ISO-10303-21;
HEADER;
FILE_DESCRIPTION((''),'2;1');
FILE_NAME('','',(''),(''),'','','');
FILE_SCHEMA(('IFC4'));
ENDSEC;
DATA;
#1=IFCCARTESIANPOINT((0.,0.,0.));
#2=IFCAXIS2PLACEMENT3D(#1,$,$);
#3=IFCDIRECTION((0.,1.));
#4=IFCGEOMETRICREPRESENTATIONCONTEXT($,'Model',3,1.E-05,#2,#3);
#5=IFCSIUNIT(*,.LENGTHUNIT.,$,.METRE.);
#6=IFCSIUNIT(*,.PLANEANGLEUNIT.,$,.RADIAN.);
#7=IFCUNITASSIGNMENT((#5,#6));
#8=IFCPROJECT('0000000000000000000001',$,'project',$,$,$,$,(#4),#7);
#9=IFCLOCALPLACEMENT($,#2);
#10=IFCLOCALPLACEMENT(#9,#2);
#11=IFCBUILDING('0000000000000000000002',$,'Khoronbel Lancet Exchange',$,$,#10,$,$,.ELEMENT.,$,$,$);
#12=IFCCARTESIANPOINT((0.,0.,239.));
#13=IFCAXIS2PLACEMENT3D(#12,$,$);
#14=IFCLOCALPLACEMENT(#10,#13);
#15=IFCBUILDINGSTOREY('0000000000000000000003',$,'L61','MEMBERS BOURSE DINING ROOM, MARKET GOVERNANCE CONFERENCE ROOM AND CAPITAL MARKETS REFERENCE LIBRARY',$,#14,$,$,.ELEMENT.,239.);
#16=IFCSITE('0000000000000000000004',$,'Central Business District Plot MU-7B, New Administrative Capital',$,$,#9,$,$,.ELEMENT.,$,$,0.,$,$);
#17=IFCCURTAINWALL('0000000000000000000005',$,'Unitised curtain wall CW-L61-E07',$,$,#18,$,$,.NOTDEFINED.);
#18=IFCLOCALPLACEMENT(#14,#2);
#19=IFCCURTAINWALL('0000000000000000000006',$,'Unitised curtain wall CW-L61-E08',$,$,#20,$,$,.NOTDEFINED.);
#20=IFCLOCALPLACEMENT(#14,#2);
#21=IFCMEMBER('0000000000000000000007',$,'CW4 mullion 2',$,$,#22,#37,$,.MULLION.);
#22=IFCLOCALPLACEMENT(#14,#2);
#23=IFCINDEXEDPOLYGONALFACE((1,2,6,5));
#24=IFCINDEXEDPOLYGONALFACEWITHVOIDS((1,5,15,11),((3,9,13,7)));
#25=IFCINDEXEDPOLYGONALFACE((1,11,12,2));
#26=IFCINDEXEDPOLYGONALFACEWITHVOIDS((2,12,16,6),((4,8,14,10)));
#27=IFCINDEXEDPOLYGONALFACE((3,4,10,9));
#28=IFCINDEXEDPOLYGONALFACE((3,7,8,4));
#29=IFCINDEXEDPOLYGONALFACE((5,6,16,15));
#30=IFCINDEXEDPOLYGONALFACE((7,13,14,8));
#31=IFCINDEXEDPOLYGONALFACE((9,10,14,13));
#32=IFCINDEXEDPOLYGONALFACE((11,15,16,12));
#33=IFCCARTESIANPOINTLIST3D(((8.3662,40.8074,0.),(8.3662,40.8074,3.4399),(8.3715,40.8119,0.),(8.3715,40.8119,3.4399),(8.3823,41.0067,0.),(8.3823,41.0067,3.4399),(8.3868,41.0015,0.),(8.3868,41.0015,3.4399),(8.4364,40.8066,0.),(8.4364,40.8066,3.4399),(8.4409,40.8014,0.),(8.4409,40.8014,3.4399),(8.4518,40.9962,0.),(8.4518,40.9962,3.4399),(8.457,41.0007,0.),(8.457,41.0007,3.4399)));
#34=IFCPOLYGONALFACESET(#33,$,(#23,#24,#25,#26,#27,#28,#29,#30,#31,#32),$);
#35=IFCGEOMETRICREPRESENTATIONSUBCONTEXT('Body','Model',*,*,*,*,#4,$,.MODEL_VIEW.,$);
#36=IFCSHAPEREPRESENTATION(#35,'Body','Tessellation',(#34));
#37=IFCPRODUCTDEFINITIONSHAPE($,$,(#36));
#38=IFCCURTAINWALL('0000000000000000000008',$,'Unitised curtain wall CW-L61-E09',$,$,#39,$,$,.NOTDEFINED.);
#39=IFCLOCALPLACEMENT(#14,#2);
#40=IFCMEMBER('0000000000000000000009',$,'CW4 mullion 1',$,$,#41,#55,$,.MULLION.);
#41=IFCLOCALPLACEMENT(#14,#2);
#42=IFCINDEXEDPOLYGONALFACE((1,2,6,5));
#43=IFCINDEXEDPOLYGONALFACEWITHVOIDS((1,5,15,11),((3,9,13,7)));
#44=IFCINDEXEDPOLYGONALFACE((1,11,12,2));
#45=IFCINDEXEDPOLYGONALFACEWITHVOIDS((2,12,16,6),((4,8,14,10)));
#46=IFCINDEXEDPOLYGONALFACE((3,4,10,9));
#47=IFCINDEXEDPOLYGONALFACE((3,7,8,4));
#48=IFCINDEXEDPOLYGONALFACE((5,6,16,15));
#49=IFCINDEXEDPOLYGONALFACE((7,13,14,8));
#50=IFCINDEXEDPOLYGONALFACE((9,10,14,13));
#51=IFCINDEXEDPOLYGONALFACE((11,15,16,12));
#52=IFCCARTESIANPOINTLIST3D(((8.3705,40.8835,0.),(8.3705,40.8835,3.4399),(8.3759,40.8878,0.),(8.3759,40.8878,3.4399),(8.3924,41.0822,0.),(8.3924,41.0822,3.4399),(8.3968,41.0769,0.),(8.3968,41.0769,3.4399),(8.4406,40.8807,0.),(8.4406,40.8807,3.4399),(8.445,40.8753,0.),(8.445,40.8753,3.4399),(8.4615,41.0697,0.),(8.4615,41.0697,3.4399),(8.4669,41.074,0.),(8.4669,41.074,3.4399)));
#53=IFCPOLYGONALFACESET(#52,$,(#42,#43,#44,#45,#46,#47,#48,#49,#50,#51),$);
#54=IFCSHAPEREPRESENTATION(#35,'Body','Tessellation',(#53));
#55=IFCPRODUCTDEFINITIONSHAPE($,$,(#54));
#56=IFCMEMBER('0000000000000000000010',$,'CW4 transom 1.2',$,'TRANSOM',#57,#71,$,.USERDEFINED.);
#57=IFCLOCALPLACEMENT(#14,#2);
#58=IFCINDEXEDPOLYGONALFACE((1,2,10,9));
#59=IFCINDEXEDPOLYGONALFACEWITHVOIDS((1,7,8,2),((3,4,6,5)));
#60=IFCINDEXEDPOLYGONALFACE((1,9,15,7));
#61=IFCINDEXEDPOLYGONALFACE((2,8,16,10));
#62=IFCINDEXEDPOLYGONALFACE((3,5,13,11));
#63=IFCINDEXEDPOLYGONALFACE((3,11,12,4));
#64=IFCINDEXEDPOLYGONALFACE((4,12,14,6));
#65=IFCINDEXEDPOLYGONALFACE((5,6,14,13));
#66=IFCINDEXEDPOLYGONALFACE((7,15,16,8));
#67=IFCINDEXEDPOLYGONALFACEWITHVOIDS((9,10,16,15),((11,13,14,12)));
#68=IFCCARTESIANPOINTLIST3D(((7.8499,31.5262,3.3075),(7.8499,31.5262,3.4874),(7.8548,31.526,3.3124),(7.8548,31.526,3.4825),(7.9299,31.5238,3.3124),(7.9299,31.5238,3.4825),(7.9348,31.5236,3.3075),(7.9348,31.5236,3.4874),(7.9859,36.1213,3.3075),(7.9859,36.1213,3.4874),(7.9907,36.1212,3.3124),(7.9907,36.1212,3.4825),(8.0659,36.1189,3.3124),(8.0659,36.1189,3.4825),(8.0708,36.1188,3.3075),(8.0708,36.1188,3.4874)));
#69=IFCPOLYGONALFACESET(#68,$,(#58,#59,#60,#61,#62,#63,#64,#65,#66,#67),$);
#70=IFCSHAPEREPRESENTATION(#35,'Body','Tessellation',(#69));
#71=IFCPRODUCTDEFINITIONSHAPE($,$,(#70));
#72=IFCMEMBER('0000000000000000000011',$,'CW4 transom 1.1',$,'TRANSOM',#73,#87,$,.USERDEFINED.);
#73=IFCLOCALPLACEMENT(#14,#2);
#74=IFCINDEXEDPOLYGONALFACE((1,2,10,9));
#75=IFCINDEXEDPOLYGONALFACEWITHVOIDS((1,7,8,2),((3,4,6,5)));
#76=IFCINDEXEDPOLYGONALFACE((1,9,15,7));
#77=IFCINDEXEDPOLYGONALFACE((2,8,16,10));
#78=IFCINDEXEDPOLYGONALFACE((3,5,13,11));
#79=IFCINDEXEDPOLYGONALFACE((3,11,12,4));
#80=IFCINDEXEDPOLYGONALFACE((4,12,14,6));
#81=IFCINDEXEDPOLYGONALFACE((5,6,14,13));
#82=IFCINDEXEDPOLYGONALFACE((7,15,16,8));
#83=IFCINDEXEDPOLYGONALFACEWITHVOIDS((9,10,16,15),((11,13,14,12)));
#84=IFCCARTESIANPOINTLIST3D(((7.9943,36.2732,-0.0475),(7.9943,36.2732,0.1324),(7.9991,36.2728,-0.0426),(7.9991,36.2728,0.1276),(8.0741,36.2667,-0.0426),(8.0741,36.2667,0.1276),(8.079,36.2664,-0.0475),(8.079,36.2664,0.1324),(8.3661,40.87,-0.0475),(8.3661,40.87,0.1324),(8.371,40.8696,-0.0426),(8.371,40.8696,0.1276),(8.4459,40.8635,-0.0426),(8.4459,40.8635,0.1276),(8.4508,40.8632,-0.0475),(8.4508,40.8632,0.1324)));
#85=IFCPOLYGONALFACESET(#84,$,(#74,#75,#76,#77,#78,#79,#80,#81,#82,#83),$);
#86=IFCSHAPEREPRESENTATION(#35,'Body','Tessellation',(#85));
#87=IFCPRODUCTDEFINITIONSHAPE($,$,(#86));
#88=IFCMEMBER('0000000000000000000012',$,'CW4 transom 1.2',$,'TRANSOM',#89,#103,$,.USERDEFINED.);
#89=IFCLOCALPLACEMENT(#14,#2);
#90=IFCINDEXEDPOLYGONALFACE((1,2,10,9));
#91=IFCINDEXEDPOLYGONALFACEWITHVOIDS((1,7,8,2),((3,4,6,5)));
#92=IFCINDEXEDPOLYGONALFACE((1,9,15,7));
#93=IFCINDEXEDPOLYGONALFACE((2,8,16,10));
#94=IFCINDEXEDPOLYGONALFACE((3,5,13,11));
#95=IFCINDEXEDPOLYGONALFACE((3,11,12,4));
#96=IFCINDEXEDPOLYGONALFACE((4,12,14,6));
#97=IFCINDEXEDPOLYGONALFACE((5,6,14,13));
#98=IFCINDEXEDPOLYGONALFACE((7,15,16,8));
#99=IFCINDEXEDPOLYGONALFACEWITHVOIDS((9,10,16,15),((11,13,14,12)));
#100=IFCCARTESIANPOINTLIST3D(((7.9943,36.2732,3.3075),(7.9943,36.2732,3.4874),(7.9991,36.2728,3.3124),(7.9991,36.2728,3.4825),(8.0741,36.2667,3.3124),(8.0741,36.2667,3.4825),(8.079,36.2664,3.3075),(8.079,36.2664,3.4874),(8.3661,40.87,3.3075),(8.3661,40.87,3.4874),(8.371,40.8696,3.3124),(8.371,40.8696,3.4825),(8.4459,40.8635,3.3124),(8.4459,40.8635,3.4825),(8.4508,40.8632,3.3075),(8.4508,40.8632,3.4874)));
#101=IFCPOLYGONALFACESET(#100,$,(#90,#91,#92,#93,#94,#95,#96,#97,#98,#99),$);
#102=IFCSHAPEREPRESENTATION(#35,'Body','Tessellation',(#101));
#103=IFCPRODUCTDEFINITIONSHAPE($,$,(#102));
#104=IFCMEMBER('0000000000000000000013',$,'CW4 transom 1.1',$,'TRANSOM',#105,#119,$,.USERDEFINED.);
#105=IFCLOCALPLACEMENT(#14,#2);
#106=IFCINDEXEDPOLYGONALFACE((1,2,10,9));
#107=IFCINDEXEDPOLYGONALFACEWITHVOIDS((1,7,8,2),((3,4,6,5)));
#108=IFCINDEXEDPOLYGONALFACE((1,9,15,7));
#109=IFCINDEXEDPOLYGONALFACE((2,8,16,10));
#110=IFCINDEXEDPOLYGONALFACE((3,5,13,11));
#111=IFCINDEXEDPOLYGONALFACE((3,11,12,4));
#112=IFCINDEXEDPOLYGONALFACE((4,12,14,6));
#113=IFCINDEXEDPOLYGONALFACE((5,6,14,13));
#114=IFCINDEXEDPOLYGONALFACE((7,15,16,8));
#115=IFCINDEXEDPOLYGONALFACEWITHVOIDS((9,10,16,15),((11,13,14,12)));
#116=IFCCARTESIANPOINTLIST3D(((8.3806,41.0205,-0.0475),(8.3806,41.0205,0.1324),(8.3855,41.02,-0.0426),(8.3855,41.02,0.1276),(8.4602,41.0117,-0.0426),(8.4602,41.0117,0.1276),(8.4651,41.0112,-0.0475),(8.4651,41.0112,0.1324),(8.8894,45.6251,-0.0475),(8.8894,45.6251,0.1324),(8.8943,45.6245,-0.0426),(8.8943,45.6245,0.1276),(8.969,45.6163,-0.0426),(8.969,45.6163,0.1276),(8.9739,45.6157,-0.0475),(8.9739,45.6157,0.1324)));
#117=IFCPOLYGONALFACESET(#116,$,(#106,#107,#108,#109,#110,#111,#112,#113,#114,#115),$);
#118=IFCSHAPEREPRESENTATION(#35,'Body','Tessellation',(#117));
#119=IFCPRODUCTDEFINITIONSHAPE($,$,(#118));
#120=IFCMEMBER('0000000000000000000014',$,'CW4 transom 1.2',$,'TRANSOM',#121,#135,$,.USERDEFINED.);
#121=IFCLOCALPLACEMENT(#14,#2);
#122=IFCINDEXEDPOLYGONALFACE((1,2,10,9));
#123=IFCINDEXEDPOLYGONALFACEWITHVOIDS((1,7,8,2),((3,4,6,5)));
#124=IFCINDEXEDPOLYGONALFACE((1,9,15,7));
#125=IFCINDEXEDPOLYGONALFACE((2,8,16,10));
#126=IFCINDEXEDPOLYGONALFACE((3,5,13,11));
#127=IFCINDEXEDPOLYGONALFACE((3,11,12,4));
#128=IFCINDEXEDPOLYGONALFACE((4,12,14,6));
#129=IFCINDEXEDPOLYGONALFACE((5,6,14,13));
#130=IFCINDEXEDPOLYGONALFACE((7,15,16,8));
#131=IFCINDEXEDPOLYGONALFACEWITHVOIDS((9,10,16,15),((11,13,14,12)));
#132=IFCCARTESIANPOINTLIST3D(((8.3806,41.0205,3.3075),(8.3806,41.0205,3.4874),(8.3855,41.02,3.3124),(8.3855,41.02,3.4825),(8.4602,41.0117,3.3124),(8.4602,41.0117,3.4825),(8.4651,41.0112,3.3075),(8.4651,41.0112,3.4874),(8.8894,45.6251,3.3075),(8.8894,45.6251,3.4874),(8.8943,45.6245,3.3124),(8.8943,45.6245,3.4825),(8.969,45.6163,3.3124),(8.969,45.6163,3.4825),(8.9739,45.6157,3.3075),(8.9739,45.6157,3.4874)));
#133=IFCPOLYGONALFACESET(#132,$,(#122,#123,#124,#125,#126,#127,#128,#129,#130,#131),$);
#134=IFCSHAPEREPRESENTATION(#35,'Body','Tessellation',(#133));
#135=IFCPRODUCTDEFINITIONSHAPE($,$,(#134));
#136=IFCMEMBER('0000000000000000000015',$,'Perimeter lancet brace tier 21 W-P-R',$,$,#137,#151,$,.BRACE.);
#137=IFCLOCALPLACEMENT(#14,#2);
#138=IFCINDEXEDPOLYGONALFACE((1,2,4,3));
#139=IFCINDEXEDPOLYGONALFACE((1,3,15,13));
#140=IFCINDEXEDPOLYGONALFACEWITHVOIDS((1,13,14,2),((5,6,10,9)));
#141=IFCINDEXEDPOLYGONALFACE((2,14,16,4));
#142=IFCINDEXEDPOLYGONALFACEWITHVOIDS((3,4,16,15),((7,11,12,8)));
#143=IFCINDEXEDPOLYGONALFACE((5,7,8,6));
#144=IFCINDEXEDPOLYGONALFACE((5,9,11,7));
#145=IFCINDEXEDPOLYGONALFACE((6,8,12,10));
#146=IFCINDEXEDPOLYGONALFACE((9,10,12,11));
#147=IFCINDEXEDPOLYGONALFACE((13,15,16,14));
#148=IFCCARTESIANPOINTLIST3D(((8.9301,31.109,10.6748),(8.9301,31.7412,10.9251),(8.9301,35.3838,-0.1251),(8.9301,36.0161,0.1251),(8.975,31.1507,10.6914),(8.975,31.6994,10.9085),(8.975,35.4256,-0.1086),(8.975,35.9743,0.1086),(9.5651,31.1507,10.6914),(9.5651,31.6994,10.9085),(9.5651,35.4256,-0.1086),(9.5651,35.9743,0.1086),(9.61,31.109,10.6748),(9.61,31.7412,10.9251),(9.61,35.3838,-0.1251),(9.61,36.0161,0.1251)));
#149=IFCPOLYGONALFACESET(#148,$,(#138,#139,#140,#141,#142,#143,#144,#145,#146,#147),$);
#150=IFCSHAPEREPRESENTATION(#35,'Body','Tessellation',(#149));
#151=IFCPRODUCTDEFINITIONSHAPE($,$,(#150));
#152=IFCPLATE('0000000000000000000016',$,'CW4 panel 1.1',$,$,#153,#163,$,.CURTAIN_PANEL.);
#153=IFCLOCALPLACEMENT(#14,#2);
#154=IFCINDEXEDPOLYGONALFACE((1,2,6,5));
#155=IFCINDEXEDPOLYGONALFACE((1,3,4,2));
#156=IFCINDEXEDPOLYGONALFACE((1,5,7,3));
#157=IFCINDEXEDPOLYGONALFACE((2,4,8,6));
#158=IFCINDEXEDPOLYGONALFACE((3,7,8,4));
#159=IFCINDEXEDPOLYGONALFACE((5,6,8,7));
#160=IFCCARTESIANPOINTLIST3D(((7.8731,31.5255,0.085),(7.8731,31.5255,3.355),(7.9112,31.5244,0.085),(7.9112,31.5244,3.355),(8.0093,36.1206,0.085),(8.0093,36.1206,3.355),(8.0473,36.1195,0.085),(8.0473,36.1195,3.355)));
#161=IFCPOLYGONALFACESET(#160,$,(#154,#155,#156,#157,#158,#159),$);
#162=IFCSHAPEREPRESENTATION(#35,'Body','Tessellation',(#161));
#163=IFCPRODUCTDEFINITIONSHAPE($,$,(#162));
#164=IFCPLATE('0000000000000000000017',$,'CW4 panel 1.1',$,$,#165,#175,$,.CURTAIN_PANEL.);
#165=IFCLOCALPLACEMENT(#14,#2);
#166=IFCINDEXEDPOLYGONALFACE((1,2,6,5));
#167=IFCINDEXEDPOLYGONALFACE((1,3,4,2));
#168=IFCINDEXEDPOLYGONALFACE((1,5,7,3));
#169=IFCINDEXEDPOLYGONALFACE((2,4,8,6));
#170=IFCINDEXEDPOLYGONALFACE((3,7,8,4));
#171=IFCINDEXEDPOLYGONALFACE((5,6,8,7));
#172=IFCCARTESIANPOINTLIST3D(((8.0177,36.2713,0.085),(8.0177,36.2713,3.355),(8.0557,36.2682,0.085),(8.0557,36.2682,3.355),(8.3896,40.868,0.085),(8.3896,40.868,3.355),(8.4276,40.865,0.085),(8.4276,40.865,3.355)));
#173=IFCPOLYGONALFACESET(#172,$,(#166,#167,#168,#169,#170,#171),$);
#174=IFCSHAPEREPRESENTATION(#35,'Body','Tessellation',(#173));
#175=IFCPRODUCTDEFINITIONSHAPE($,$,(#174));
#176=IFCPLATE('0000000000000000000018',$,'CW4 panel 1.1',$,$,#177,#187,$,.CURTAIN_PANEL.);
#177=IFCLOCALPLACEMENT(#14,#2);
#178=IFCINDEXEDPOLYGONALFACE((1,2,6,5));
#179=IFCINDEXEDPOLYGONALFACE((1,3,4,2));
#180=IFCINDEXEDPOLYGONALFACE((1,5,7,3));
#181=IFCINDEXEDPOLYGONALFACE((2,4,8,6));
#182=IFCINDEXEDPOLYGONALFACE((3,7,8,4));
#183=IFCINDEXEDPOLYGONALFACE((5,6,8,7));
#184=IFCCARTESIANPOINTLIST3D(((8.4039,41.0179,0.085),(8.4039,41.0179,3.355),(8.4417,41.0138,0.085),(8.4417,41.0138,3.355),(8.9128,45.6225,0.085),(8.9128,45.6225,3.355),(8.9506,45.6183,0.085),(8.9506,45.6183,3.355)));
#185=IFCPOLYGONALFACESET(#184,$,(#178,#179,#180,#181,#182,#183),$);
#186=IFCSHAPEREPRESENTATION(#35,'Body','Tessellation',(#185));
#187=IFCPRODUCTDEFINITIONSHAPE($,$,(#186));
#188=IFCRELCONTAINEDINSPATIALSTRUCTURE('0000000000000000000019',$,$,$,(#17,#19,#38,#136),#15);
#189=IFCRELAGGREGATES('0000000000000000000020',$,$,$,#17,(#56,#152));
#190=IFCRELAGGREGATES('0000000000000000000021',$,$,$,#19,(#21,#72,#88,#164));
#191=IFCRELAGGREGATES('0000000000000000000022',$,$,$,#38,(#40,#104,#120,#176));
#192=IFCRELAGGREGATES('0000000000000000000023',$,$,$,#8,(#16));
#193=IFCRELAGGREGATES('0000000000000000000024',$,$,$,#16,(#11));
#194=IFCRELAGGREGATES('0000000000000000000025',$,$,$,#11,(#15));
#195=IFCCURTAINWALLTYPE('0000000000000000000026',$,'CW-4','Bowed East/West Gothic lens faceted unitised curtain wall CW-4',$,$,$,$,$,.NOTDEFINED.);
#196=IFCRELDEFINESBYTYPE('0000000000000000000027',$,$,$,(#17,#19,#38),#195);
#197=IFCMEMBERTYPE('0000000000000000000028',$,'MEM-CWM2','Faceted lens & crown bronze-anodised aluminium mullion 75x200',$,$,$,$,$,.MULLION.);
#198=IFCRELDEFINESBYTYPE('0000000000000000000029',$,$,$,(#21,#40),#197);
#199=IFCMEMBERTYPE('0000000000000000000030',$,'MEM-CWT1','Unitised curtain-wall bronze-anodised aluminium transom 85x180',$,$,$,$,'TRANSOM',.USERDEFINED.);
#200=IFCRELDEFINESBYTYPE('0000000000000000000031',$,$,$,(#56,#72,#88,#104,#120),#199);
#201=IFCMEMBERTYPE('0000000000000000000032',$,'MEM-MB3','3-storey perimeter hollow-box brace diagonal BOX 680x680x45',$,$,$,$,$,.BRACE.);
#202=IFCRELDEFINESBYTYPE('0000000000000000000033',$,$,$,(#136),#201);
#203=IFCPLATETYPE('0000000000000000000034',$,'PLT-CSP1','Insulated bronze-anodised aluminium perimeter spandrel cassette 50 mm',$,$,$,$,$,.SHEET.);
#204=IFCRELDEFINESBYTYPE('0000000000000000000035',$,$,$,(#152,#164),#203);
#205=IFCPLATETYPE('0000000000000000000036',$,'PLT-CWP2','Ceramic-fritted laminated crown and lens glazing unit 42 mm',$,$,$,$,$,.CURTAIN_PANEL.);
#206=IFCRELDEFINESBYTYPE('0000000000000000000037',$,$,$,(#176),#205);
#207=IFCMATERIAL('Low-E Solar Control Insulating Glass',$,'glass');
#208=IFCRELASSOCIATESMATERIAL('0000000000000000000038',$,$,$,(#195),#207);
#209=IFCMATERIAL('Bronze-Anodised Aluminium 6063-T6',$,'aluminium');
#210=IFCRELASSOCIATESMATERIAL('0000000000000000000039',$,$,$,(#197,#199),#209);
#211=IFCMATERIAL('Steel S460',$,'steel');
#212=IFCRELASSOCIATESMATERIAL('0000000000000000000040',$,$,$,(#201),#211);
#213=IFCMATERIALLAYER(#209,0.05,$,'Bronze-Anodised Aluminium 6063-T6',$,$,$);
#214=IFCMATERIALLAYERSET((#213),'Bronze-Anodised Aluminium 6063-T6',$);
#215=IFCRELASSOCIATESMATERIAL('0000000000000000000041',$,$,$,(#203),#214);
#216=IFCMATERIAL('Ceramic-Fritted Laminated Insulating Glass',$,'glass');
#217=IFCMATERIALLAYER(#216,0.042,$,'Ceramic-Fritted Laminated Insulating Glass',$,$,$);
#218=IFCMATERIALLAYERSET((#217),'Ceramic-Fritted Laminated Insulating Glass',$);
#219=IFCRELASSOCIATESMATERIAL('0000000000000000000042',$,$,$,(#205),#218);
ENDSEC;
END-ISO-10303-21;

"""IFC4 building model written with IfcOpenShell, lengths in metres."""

from ifc_helpers import new_model, si_unit, direction, frame, origin, origin_2d, place, context, subcontext, project, spatial, rectangle, hollow_rectangle, extrude, material, layer, layer_set, material_profile, profile_set, type_object, element, aggregate, save


model = new_model("IFC4")

# Units and contexts
model_context = context("Model", 3, precision=1e-05, world=origin(), true_north=direction((0.0, 1.0)))
body_context = subcontext(model_context, "Body", "Model", "MODEL_VIEW")
ifc_project = project(units=[si_unit("LENGTHUNIT", "METRE"), si_unit("PLANEANGLEUNIT", "RADIAN")], contexts=[model_context])

# Site, building, storey
site_placement = place(None, origin())
site = spatial("IfcSite", under=ifc_project, at=site_placement, Name="Central Business District Plot MU-7B, New Administrative Capital", CompositionType="ELEMENT", RefElevation=0.0)
building_placement = place(site_placement, origin())
building = spatial("IfcBuilding", under=site, at=building_placement, Name="Khoronbel Lancet Exchange", CompositionType="ELEMENT")
storey_placement = place(building_placement, frame((0.0, 0.0, 239.0)))
storey = spatial("IfcBuildingStorey", under=building, at=storey_placement, Name="L61", Description="MEMBERS BOURSE DINING ROOM, MARKET GOVERNANCE CONFERENCE ROOM AND CAPITAL MARKETS REFERENCE LIBRARY", CompositionType="ELEMENT", Elevation=239.0)

# Curtain wall
ifc_material_1 = material(Name="Low-E Solar Control Insulating Glass", Category="glass")
curtain_wall_type = type_object("IfcCurtainWallType", Name="CW-4", Description="Bowed East/West Gothic lens faceted unitised curtain wall CW-4", PredefinedType="NOTDEFINED", material=ifc_material_1)
curtain_wall_1_placement = place(storey_placement, origin())
curtain_wall_1 = element("IfcCurtainWall", 1, at=curtain_wall_1_placement, inside=storey, type_object=curtain_wall_type, Name="Unitised curtain wall CW-L61-E07", PredefinedType="NOTDEFINED")
ifc_material_2 = material(Name="Bronze-Anodised Aluminium 6063-T6", Category="aluminium")
ifc_material_profile_1 = material_profile(ifc_material_2, hollow_rectangle(XDim=0.075, YDim=0.2, WallThickness=0.0049, at=origin_2d()), Name="ALU MULLION 75x200")
ifc_profile_set_1 = profile_set([ifc_material_profile_1], Name="Bronze-Anodised Aluminium 6063-T6")
member_type_1 = type_object("IfcMemberType", Name="MEM-CWM2", Description="Faceted lens & crown bronze-anodised aluminium mullion 75x200", PredefinedType="MULLION", material=ifc_profile_set_1)

# Curtain wall, member
curtain_wall_2_placement = place(storey_placement, origin())
curtain_wall_2 = element("IfcCurtainWall", 2, at=curtain_wall_2_placement, inside=storey, type_object=curtain_wall_type, Name="Unitised curtain wall CW-L61-E08", PredefinedType="NOTDEFINED")
member_1_placement = place(storey_placement, frame((8.4116, 40.9041, 0.0), z_axis=(0.0, 0.0, 1.0), x_axis=(-0.996743, 0.08064, 0.0)))
member_1 = element("IfcMember", 3, at=member_1_placement, type_object=member_type_1, Name="CW4 mullion 2", PredefinedType="MULLION", context=body_context, shape_type="SweptSolid", body=[
    extrude(hollow_rectangle(XDim=0.075, YDim=0.2, WallThickness=0.0049, at=origin_2d()), origin(), (0.0, 0.0, 1.0), 3.4399),
])

# Curtain wall, member
curtain_wall_3_placement = place(storey_placement, origin())
curtain_wall_3 = element("IfcCurtainWall", 4, at=curtain_wall_3_placement, inside=storey, type_object=curtain_wall_type, Name="Unitised curtain wall CW-L61-E09", PredefinedType="NOTDEFINED")
member_2_placement = place(storey_placement, frame((8.4187, 40.9788, 0.0), z_axis=(0.0, 0.0, 1.0), x_axis=(-0.993947, 0.109858, 0.0)))
member_2 = element("IfcMember", 5, at=member_2_placement, type_object=member_type_1, Name="CW4 mullion 1", PredefinedType="MULLION", context=body_context, shape_type="SweptSolid", body=[
    extrude(hollow_rectangle(XDim=0.075, YDim=0.2, WallThickness=0.0049, at=origin_2d()), origin(), (0.0, 0.0, 1.0), 3.4399),
])

# Members
ifc_material_profile_2 = material_profile(ifc_material_2, hollow_rectangle(XDim=0.085, YDim=0.1799, WallThickness=0.0049, at=origin_2d()), Name="ALU TRANSOM 85x180")
ifc_profile_set_2 = profile_set([ifc_material_profile_2], Name="Bronze-Anodised Aluminium 6063-T6")
member_type_2 = type_object("IfcMemberType", Name="MEM-CWT1", Description="Unitised curtain-wall bronze-anodised aluminium transom 85x180", ElementType="TRANSOM", PredefinedType="USERDEFINED", material=ifc_profile_set_2)
member_3_placement = place(storey_placement, frame((7.8923, 31.5249, 3.3975), z_axis=(0.02958, 0.999562, 0.0), x_axis=(-0.999562, 0.02958, 0.0)))
member_3 = element("IfcMember", 6, at=member_3_placement, type_object=member_type_2, Name="CW4 transom 1.2", ObjectType="TRANSOM", PredefinedType="USERDEFINED", context=body_context, shape_type="SweptSolid", body=[
    extrude(hollow_rectangle(XDim=0.085, YDim=0.1799, WallThickness=0.0049, at=origin_2d()), origin(), (0.0, 0.0, 1.0), 4.5972),
])
member_4_placement = place(storey_placement, frame((8.0366, 36.2698, 0.0425), z_axis=(0.080623, 0.996745, 0.0), x_axis=(-0.996745, 0.080623, 0.0)))
member_4 = element("IfcMember", 7, at=member_4_placement, type_object=member_type_2, Name="CW4 transom 1.1", ObjectType="TRANSOM", PredefinedType="USERDEFINED", context=body_context, shape_type="SweptSolid", body=[
    extrude(hollow_rectangle(XDim=0.085, YDim=0.1799, WallThickness=0.0049, at=origin_2d()), origin(), (0.0, 0.0, 1.0), 4.6118),
])
member_5_placement = place(storey_placement, frame((8.0366, 36.2698, 3.3975), z_axis=(0.080623, 0.996745, 0.0), x_axis=(-0.996745, 0.080623, 0.0)))
member_5 = element("IfcMember", 8, at=member_5_placement, type_object=member_type_2, Name="CW4 transom 1.2", ObjectType="TRANSOM", PredefinedType="USERDEFINED", context=body_context, shape_type="SweptSolid", body=[
    extrude(hollow_rectangle(XDim=0.085, YDim=0.1799, WallThickness=0.0049, at=origin_2d()), origin(), (0.0, 0.0, 1.0), 4.6118),
])
member_6_placement = place(storey_placement, frame((8.4229, 41.0159, 0.0425), z_axis=(0.10983, 0.99395, 0.0), x_axis=(-0.99395, 0.10983, 0.0)))
member_6 = element("IfcMember", 9, at=member_6_placement, type_object=member_type_2, Name="CW4 transom 1.1", ObjectType="TRANSOM", PredefinedType="USERDEFINED", context=body_context, shape_type="SweptSolid", body=[
    extrude(hollow_rectangle(XDim=0.085, YDim=0.1799, WallThickness=0.0049, at=origin_2d()), origin(), (0.0, 0.0, 1.0), 4.6326),
])
member_7_placement = place(storey_placement, frame((8.4229, 41.0159, 3.3975), z_axis=(0.10983, 0.99395, 0.0), x_axis=(-0.99395, 0.10983, 0.0)))
member_7 = element("IfcMember", 10, at=member_7_placement, type_object=member_type_2, Name="CW4 transom 1.2", ObjectType="TRANSOM", PredefinedType="USERDEFINED", context=body_context, shape_type="SweptSolid", body=[
    extrude(hollow_rectangle(XDim=0.085, YDim=0.1799, WallThickness=0.0049, at=origin_2d()), origin(), (0.0, 0.0, 1.0), 4.6326),
])
ifc_material_3 = material(Name="Steel S460", Category="steel")
ifc_material_profile_3 = material_profile(ifc_material_3, hollow_rectangle(XDim=0.6799, YDim=0.6799, WallThickness=0.0449, at=origin_2d()), Name="BOX 680x680x45")
ifc_profile_set_3 = profile_set([ifc_material_profile_3], Name="Steel S460")
member_type_3 = type_object("IfcMemberType", Name="MEM-MB3", Description="3-storey perimeter hollow-box brace diagonal BOX 680x680x45", PredefinedType="BRACE", material=ifc_profile_set_3)
member_8_placement = place(storey_placement, frame((9.27, 35.7, 0.0), z_axis=(0.0, -0.36804, 0.92981), x_axis=(1.0, 0.0, 0.0)))
element("IfcMember", 11, at=member_8_placement, inside=storey, type_object=member_type_3, Name="Perimeter lancet brace tier 21 W-P-R", PredefinedType="BRACE", context=body_context, shape_type="SweptSolid", body=[
    extrude(hollow_rectangle(XDim=0.6799, YDim=0.6799, WallThickness=0.0449, at=origin_2d()), origin(), (0.0, 0.0, 1.0), 11.6152),
])

# Plates
ifc_layer_1 = layer(ifc_material_2, 0.05, Name="Bronze-Anodised Aluminium 6063-T6")
ifc_layer_set_1 = layer_set([ifc_layer_1], Name="Bronze-Anodised Aluminium 6063-T6")
plate_type_1 = type_object("IfcPlateType", Name="PLT-CSP1", Description="Insulated bronze-anodised aluminium perimeter spandrel cassette 50 mm", PredefinedType="SHEET", material=ifc_layer_set_1)
plate_1_placement = place(storey_placement, frame((7.9602, 33.8225, 0.085), z_axis=(0.0, 0.0, 1.0), x_axis=(0.029618, 0.999561, 0.0)))
plate_1 = element("IfcPlate", 12, at=plate_1_placement, type_object=plate_type_1, Name="CW4 panel 1.1", PredefinedType="CURTAIN_PANEL", context=body_context, shape_type="SweptSolid", body=[
    extrude(rectangle(XDim=4.5972, YDim=0.0381, at=origin_2d()), origin(), (0.0, 0.0, 1.0), 3.27),
])
aggregate(curtain_wall_1, [member_3, plate_1])
plate_2_placement = place(storey_placement, frame((8.2227, 38.5681, 0.085), z_axis=(0.0, 0.0, 1.0), x_axis=(0.08064, 0.996743, 0.0)))
plate_2 = element("IfcPlate", 13, at=plate_2_placement, type_object=plate_type_1, Name="CW4 panel 1.1", PredefinedType="CURTAIN_PANEL", context=body_context, shape_type="SweptSolid", body=[
    extrude(rectangle(XDim=4.6118, YDim=0.0381, at=origin_2d()), origin(), (0.0, 0.0, 1.0), 3.27),
])
aggregate(curtain_wall_2, [member_1, member_4, member_5, plate_2])
ifc_material_4 = material(Name="Ceramic-Fritted Laminated Insulating Glass", Category="glass")
ifc_layer_2 = layer(ifc_material_4, 0.042, Name="Ceramic-Fritted Laminated Insulating Glass")
ifc_layer_set_2 = layer_set([ifc_layer_2], Name="Ceramic-Fritted Laminated Insulating Glass")
plate_type_2 = type_object("IfcPlateType", Name="PLT-CWP2", Description="Ceramic-fritted laminated crown and lens glazing unit 42 mm", PredefinedType="CURTAIN_PANEL", material=ifc_layer_set_2)
plate_3_placement = place(storey_placement, frame((8.6772, 43.3181, 0.085), z_axis=(0.0, 0.0, 1.0), x_axis=(0.109858, 0.993947, 0.0)))
plate_3 = element("IfcPlate", 14, at=plate_3_placement, type_object=plate_type_2, Name="CW4 panel 1.1", PredefinedType="CURTAIN_PANEL", context=body_context, shape_type="SweptSolid", body=[
    extrude(rectangle(XDim=4.6326, YDim=0.0381, at=origin_2d()), origin(), (0.0, 0.0, 1.0), 3.27),
])
aggregate(curtain_wall_3, [member_2, member_6, member_7, plate_3])

save(model, "model.ifc")
